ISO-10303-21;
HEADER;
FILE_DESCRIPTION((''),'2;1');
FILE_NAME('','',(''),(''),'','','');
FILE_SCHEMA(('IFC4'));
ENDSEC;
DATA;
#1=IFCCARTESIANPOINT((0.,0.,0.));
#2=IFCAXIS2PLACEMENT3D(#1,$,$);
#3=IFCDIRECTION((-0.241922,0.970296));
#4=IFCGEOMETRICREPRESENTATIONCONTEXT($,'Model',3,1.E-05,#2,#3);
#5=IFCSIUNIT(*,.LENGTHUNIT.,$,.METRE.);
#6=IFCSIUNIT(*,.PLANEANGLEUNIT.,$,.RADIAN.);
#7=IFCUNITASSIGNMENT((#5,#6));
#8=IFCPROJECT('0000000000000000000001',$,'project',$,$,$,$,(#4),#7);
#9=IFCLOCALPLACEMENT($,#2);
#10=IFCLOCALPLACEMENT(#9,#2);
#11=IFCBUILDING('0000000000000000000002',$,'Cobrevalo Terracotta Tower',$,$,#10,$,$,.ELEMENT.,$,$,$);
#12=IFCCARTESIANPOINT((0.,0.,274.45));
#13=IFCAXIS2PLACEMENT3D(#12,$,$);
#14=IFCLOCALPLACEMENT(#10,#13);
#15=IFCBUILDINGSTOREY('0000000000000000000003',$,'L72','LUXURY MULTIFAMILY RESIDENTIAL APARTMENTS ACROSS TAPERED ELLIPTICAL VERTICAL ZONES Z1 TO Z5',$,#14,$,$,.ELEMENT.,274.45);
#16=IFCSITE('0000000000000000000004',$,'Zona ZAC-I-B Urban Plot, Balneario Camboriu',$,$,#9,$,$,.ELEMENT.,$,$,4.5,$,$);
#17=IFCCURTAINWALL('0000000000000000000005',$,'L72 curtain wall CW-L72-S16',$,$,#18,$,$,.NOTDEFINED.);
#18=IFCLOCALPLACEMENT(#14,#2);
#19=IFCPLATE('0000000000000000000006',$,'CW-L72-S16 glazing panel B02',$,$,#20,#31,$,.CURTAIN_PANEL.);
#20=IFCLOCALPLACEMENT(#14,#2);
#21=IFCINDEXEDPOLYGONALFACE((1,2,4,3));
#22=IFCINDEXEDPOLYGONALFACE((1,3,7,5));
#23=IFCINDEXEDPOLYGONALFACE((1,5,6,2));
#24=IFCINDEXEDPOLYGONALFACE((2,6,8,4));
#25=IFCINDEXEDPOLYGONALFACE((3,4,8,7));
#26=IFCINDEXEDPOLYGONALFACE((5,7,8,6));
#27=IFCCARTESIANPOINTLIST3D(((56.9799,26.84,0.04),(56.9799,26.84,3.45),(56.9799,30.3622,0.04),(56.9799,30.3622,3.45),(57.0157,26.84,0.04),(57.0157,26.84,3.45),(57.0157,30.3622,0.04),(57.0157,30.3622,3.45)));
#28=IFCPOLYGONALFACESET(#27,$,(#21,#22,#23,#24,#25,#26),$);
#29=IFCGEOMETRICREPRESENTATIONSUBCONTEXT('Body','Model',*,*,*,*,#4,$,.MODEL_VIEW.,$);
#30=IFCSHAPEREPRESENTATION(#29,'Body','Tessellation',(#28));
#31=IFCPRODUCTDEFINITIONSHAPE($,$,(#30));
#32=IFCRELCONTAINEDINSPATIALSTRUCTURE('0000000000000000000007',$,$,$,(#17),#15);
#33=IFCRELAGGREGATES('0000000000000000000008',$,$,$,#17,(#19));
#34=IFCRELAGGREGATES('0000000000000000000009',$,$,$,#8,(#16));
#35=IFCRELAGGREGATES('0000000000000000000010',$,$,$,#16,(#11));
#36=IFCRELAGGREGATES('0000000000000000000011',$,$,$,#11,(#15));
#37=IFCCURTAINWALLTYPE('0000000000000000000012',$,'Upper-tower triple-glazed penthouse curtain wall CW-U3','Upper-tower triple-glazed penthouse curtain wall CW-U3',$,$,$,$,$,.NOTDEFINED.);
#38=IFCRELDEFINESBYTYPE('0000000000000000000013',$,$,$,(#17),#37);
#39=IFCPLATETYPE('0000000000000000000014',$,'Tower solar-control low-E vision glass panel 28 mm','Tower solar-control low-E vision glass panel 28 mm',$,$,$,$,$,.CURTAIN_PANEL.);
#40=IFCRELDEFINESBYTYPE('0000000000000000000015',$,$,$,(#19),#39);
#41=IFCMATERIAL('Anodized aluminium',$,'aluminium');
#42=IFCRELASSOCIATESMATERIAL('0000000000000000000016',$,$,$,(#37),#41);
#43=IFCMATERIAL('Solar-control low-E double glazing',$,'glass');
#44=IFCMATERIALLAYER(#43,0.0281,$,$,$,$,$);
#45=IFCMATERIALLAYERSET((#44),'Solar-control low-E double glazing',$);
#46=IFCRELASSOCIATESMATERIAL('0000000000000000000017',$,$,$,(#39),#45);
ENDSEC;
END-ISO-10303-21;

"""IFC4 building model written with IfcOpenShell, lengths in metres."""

from ifc_helpers import new_model, si_unit, direction, frame, origin, origin_2d, place, context, subcontext, project, spatial, rectangle, extrude, source, transform, mapped, material, layer, layer_set, type_object, element, aggregate, save


model = new_model("IFC4")

# Units and contexts
model_context = context("Model", 3, precision=1e-05, world=origin(), true_north=direction((-0.241922, 0.970296)))
body_context = subcontext(model_context, "Body", "Model", "MODEL_VIEW")
ifc_project = project(units=[si_unit("LENGTHUNIT", "METRE"), si_unit("PLANEANGLEUNIT", "RADIAN")], contexts=[model_context])

# Site, building, storey
site_placement = place(None, origin())
site = spatial("IfcSite", under=ifc_project, at=site_placement, Name="Zona ZAC-I-B Urban Plot, Balneario Camboriu", CompositionType="ELEMENT", RefElevation=4.5)
building_placement = place(site_placement, origin())
building = spatial("IfcBuilding", under=site, at=building_placement, Name="Cobrevalo Terracotta Tower", CompositionType="ELEMENT")
storey_placement = place(building_placement, frame((0.0, 0.0, 274.45)))
storey = spatial("IfcBuildingStorey", under=building, at=storey_placement, Name="L72", Description="LUXURY MULTIFAMILY RESIDENTIAL APARTMENTS ACROSS TAPERED ELLIPTICAL VERTICAL ZONES Z1 TO Z5", CompositionType="ELEMENT", Elevation=274.45)

# Curtain wall
ifc_material_1 = material(Name="Anodized aluminium", Category="aluminium")
curtain_wall_type = type_object("IfcCurtainWallType", Name="Upper-tower triple-glazed penthouse curtain wall CW-U3", Description="Upper-tower triple-glazed penthouse curtain wall CW-U3", PredefinedType="NOTDEFINED", material=ifc_material_1)
curtain_wall_1_placement = place(storey_placement, origin())
curtain_wall_1 = element("IfcCurtainWall", 1, at=curtain_wall_1_placement, inside=storey, type_object=curtain_wall_type, Name="L72 curtain wall CW-L72-S16", PredefinedType="NOTDEFINED")

# Plate
ifc_material_2 = material(Name="Solar-control low-E double glazing", Category="glass")
ifc_layer_1 = layer(ifc_material_2, 0.0281)
ifc_layer_set_1 = layer_set([ifc_layer_1], Name="Solar-control low-E double glazing")
plate_type = type_object("IfcPlateType", Name="Tower solar-control low-E vision glass panel 28 mm", Description="Tower solar-control low-E vision glass panel 28 mm", PredefinedType="CURTAIN_PANEL", material=ifc_layer_set_1)
shared_shape_1 = source(origin(), body_context, "Body", "SweptSolid", [
    extrude(rectangle(XDim=3.5222, YDim=0.0359, at=origin_2d()), origin(), (0.0, 0.0, 1.0), 3.4099),
])
plate_1_placement = place(storey_placement, frame((56.9978, 28.6011, 0.04), z_axis=(0.0, 0.0, 1.0), x_axis=(0.0, 1.0, 0.0)))
plate_1 = element("IfcPlate", 2, at=plate_1_placement, type_object=plate_type, Name="CW-L72-S16 glazing panel B02", PredefinedType="CURTAIN_PANEL", context=body_context, shape_type="MappedRepresentation", body=[
    mapped(shared_shape_1, transform((0.0, 0.0, 0.0), scale=1.0)),
])
aggregate(curtain_wall_1, [plate_1])

save(model, "model.ifc")
